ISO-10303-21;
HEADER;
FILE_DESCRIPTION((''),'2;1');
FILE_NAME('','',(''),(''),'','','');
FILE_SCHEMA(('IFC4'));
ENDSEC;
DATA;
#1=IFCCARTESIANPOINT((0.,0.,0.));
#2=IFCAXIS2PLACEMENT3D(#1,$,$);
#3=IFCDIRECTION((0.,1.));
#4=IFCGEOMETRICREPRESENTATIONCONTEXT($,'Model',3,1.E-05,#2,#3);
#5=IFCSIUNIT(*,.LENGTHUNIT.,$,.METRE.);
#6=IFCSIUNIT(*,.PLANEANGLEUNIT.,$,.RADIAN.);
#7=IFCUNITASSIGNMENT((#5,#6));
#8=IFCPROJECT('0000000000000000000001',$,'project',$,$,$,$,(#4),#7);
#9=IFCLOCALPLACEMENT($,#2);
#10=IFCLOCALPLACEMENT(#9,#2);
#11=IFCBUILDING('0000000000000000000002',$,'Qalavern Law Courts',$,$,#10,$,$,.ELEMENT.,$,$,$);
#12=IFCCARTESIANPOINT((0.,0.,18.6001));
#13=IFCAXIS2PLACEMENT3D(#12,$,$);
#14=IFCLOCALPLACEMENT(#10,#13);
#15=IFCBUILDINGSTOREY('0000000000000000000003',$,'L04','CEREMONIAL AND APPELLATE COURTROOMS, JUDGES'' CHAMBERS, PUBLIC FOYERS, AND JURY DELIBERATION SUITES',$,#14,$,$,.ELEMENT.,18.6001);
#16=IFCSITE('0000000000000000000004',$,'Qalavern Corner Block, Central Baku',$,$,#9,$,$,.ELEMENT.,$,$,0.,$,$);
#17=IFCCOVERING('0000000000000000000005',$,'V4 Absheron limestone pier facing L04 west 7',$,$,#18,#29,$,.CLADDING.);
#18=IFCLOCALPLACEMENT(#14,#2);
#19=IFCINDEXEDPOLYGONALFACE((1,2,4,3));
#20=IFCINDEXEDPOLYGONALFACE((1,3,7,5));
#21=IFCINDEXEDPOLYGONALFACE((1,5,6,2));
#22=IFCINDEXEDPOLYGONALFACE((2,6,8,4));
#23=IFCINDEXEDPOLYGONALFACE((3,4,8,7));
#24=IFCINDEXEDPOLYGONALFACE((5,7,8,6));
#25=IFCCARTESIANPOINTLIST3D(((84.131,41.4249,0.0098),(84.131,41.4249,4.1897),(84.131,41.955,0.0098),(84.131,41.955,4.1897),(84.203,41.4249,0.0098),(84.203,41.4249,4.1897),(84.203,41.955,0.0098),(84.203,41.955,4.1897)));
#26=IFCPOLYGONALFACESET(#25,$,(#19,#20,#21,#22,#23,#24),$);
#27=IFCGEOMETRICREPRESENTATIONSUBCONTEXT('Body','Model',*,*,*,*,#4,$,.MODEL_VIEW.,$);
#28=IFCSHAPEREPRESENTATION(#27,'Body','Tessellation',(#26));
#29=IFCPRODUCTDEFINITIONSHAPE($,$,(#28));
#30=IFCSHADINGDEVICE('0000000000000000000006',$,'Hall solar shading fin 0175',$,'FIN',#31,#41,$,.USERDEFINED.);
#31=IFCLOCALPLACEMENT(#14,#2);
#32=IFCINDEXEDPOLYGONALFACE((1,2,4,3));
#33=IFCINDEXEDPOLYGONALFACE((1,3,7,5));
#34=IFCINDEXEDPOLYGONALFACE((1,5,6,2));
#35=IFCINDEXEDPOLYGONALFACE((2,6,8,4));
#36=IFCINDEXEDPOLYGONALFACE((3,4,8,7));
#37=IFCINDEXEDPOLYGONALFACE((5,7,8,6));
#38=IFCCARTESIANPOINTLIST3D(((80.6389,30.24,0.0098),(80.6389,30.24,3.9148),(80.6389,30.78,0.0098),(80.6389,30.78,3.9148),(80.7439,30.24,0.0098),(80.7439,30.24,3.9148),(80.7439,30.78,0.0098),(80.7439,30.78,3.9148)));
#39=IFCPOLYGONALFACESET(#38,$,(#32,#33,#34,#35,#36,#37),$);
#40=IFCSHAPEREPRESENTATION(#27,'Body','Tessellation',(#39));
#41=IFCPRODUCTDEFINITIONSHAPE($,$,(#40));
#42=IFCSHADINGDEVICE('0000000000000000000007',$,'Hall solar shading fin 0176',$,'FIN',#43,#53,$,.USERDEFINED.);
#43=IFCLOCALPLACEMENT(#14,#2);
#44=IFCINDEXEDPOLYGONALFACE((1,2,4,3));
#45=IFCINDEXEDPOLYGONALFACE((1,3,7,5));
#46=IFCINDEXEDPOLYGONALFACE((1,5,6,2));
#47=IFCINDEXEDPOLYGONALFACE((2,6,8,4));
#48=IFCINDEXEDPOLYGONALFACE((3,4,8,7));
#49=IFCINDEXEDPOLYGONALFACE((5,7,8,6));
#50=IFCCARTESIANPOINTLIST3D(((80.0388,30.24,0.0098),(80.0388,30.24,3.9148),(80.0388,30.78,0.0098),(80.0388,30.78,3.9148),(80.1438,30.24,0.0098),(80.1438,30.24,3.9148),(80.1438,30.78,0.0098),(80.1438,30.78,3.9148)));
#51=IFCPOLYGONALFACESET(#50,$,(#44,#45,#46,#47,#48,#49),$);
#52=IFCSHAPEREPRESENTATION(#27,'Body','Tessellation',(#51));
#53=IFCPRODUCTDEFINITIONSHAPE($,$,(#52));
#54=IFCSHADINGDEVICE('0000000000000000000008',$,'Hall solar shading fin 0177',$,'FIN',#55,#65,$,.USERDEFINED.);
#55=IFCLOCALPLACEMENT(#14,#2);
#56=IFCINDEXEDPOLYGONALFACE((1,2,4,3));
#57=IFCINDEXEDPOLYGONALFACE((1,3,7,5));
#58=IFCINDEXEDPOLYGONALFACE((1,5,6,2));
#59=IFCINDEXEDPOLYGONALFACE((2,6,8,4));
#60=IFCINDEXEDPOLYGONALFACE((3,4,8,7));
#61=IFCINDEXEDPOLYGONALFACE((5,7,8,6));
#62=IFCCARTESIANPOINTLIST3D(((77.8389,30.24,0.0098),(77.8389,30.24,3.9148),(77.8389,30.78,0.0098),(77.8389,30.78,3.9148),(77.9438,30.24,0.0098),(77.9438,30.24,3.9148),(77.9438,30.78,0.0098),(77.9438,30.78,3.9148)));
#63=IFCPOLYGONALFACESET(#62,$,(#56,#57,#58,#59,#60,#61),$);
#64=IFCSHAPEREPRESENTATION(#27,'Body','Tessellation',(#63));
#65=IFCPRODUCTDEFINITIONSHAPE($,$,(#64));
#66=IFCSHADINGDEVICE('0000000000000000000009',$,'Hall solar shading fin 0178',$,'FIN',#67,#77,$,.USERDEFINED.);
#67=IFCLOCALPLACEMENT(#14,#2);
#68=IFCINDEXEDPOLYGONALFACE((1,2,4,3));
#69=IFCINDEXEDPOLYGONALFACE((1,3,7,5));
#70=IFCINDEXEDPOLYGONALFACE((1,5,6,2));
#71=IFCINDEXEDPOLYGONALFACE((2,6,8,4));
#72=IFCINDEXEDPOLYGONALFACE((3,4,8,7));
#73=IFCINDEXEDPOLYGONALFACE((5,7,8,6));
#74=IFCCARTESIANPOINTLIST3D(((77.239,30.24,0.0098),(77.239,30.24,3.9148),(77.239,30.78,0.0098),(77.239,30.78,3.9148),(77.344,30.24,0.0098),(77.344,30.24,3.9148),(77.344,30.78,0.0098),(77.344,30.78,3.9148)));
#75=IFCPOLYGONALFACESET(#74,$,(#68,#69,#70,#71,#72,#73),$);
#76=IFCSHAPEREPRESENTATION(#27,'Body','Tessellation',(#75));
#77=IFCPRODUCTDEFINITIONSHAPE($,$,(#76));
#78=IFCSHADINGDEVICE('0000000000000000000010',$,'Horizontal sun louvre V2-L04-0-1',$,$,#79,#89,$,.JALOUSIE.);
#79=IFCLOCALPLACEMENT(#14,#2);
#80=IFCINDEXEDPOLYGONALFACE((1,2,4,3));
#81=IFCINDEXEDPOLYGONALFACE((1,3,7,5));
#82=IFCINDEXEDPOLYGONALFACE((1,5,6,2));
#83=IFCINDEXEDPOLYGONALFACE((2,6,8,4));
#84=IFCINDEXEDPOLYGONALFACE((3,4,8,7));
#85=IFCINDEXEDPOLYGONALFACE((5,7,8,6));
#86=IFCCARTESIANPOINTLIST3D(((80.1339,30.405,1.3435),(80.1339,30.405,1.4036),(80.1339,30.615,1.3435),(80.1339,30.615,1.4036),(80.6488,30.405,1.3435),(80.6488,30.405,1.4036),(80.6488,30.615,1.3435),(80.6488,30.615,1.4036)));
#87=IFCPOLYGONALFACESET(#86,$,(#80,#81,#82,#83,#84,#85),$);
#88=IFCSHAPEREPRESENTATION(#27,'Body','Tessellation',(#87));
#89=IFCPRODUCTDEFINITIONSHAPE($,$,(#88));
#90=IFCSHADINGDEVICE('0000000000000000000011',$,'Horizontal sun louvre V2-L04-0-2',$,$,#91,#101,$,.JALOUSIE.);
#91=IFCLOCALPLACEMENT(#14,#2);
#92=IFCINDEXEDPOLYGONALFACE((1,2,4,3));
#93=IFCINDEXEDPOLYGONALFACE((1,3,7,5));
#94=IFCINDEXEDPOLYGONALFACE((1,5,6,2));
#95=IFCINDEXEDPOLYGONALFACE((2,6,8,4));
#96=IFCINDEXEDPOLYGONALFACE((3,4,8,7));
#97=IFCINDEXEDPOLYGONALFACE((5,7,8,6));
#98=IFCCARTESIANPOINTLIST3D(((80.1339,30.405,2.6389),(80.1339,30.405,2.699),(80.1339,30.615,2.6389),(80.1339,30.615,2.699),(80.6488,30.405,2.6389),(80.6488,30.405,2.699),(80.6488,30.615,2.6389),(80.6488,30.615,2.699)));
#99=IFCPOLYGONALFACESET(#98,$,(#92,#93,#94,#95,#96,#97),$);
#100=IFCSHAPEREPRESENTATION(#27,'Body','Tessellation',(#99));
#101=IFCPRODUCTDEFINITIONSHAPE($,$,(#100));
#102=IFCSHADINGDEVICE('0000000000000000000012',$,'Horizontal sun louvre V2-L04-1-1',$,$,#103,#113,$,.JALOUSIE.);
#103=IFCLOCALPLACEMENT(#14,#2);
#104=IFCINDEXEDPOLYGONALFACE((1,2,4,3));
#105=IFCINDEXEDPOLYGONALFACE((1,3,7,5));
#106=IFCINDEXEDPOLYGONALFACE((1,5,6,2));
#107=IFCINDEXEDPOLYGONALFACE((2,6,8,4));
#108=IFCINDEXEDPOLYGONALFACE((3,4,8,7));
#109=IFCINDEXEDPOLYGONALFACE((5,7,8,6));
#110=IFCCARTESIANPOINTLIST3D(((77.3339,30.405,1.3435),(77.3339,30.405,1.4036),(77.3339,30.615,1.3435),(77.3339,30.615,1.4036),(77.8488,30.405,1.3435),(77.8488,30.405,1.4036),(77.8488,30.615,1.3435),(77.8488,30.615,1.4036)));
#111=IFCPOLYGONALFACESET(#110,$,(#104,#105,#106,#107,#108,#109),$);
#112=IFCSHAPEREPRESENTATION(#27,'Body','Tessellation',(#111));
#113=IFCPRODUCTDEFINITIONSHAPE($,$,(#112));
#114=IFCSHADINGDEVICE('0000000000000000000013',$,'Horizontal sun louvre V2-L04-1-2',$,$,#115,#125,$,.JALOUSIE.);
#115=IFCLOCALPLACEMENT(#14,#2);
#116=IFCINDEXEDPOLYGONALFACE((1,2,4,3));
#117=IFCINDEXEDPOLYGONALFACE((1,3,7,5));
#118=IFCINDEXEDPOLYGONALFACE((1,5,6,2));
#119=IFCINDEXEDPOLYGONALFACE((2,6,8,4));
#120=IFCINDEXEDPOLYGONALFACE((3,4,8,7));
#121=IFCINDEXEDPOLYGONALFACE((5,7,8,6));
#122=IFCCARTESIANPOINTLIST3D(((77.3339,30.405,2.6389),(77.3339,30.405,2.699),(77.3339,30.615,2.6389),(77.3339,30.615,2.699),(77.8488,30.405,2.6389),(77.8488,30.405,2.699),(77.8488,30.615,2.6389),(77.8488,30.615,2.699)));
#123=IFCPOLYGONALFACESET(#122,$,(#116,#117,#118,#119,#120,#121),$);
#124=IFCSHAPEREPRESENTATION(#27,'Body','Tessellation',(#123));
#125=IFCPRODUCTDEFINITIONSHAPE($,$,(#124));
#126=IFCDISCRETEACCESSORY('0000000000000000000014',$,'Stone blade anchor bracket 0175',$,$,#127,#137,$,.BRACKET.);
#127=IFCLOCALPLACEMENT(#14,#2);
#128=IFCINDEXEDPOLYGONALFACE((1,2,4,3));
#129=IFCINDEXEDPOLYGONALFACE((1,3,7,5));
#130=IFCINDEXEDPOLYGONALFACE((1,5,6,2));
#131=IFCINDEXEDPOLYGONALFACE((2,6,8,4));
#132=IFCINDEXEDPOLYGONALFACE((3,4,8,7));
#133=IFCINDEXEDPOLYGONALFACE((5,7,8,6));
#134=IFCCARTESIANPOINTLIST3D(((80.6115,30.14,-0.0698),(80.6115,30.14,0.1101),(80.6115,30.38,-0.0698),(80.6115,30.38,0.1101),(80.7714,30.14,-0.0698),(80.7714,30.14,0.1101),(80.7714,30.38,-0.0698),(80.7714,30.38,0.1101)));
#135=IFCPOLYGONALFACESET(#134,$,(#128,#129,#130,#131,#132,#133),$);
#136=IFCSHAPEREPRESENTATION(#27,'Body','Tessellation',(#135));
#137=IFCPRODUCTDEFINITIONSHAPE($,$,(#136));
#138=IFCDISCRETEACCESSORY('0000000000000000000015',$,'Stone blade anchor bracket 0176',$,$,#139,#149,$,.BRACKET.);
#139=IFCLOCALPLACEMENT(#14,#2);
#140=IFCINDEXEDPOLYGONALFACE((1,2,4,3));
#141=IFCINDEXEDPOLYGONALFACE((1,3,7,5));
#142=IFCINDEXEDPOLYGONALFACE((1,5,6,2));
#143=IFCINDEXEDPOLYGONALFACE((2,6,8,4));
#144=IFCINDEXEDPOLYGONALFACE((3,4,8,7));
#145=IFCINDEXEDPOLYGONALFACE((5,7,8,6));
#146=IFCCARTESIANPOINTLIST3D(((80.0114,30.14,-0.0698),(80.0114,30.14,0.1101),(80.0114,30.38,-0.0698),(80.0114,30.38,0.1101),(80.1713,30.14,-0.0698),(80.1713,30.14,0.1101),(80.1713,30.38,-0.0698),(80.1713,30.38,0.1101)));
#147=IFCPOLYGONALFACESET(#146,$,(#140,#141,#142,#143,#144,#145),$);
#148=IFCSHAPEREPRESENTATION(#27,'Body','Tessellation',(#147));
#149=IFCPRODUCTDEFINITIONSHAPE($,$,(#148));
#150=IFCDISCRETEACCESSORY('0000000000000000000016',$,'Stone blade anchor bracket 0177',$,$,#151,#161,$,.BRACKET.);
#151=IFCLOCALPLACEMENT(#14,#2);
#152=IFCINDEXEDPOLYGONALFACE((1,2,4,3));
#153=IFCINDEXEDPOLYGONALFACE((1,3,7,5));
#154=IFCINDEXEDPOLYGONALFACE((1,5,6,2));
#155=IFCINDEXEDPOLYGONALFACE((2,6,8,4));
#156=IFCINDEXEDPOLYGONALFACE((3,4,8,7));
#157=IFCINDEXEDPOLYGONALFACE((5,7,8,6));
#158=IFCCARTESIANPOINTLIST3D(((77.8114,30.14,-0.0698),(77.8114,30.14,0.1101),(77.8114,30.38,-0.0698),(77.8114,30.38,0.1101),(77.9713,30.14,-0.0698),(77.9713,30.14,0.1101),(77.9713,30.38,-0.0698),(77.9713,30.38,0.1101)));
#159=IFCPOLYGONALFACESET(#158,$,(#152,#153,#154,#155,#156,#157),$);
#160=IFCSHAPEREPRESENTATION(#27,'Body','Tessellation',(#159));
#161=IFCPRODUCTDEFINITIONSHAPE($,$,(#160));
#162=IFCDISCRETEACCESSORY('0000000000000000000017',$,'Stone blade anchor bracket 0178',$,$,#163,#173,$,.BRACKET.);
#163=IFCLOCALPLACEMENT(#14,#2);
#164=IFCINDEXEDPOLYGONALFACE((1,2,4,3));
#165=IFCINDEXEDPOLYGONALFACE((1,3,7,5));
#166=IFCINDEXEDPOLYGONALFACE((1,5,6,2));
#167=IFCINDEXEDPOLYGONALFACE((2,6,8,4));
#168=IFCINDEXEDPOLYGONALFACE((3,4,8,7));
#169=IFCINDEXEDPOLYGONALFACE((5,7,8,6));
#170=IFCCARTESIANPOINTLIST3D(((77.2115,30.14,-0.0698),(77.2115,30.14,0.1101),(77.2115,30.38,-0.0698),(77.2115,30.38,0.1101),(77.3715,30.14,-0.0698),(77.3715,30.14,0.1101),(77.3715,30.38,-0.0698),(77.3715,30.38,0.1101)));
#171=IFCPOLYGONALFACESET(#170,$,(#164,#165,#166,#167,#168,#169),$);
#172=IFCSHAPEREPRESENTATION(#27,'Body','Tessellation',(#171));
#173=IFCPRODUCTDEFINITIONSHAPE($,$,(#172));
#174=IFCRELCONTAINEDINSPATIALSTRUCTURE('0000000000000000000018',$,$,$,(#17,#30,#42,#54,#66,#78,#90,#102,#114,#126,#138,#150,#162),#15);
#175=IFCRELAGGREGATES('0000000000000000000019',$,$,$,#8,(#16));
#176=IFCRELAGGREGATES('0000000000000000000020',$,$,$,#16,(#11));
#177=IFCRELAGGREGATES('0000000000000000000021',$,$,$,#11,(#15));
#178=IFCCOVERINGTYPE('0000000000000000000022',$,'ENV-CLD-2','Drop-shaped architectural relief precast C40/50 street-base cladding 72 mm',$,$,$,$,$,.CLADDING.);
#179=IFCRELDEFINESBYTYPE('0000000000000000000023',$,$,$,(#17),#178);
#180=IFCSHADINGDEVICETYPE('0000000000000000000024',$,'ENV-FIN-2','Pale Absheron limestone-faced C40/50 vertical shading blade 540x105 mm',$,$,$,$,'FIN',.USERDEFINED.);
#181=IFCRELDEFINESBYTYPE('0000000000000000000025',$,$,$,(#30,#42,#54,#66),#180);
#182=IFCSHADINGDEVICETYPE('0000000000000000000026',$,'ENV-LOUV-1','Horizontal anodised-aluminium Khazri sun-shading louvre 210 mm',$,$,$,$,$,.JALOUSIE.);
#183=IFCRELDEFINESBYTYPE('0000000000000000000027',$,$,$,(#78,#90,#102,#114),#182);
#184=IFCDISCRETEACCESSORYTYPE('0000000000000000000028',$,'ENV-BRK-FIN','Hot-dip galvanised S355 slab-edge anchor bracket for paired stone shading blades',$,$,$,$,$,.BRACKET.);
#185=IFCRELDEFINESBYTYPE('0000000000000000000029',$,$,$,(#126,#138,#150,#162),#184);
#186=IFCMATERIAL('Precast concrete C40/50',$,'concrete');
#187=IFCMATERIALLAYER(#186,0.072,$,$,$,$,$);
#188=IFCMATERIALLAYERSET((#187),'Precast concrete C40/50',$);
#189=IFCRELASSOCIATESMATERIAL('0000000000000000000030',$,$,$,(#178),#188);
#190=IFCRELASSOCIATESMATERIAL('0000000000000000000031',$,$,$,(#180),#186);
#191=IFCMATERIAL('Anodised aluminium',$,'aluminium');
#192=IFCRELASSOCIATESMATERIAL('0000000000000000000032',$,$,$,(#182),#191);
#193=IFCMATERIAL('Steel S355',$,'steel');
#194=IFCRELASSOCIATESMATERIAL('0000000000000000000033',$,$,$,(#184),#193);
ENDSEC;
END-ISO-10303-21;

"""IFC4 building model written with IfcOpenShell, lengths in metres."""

from ifc_helpers import new_model, si_unit, direction, frame, origin, origin_2d, place, context, subcontext, project, spatial, rectangle, extrude, material, layer, layer_set, type_object, element, save


model = new_model("IFC4")

# Units and contexts
model_context = context("Model", 3, precision=1e-05, world=origin(), true_north=direction((0.0, 1.0)))
body_context = subcontext(model_context, "Body", "Model", "MODEL_VIEW")
ifc_project = project(units=[si_unit("LENGTHUNIT", "METRE"), si_unit("PLANEANGLEUNIT", "RADIAN")], contexts=[model_context])

# Site, building, storey
site_placement = place(None, origin())
site = spatial("IfcSite", under=ifc_project, at=site_placement, Name="Qalavern Corner Block, Central Baku", CompositionType="ELEMENT", RefElevation=0.0)
building_placement = place(site_placement, origin())
building = spatial("IfcBuilding", under=site, at=building_placement, Name="Qalavern Law Courts", CompositionType="ELEMENT")
storey_placement = place(building_placement, frame((0.0, 0.0, 18.6001)))
storey = spatial("IfcBuildingStorey", under=building, at=storey_placement, Name="L04", Description="CEREMONIAL AND APPELLATE COURTROOMS, JUDGES' CHAMBERS, PUBLIC FOYERS, AND JURY DELIBERATION SUITES", CompositionType="ELEMENT", Elevation=18.6001)

# Shared definitions
ifc_material_1 = material(Name="Anodised aluminium", Category="aluminium")

# Covering
ifc_material_2 = material(Name="Precast concrete C40/50", Category="concrete")
ifc_layer_1 = layer(ifc_material_2, 0.072)
ifc_layer_set_1 = layer_set([ifc_layer_1], Name="Precast concrete C40/50")
covering_type = type_object("IfcCoveringType", Name="ENV-CLD-2", Description="Drop-shaped architectural relief precast C40/50 street-base cladding 72 mm", PredefinedType="CLADDING", material=ifc_layer_set_1)
covering_1_placement = place(storey_placement, frame((84.167, 41.6899, 0.0098), z_axis=(0.0, 0.0, 1.0), x_axis=(0.0, -1.0, 0.0)))
element("IfcCovering", 1, at=covering_1_placement, inside=storey, type_object=covering_type, Name="V4 Absheron limestone pier facing L04 west 7", PredefinedType="CLADDING", context=body_context, shape_type="SweptSolid", body=[
    extrude(rectangle(XDim=0.53, YDim=0.072, at=origin_2d()), origin(), (0.0, 0.0, 1.0), 4.1799),
])

# Shading devices
shading_device_type_1 = type_object("IfcShadingDeviceType", Name="ENV-FIN-2", Description="Pale Absheron limestone-faced C40/50 vertical shading blade 540x105 mm", ElementType="FIN", PredefinedType="USERDEFINED", material=ifc_material_2)
for number, where, z_axis, x_axis, name in (
    (2, (80.6914, 30.51, 0.0098), (0.0, 0.0, 1.0), (0.0, 1.0, 0.0), "Hall solar shading fin 0175"),
    (3, (80.0913, 30.51, 0.0098), (0.0, 0.0, 1.0), (0.0, 1.0, 0.0), "Hall solar shading fin 0176"),
    (4, (77.8914, 30.51, 0.0098), (0.0, 0.0, 1.0), (0.0, 1.0, 0.0), "Hall solar shading fin 0177"),
    (5, (77.2915, 30.51, 0.0098), (0.0, 0.0, 1.0), (0.0, 1.0, 0.0), "Hall solar shading fin 0178"),
):
    element("IfcShadingDevice", number, at=place(storey_placement, frame(where, z_axis=z_axis, x_axis=x_axis)), inside=storey, type_object=shading_device_type_1, Name=name, ObjectType="FIN", PredefinedType="USERDEFINED", context=body_context, shape_type="SweptSolid", body=[
        extrude(rectangle(XDim=0.54, YDim=0.105, at=origin_2d()), origin(), (0.0, 0.0, 1.0), 3.905),
    ])
shading_device_type_2 = type_object("IfcShadingDeviceType", Name="ENV-LOUV-1", Description="Horizontal anodised-aluminium Khazri sun-shading louvre 210 mm", PredefinedType="JALOUSIE", material=ifc_material_1)
for number, where, z_axis, x_axis, name in (
    (6, (80.3914, 30.51, 1.3435), (0.0, 0.0, 1.0), (-1.0, 0.0, 0.0), "Horizontal sun louvre V2-L04-0-1"),
    (7, (80.3914, 30.51, 2.6389), (0.0, 0.0, 1.0), (-1.0, 0.0, 0.0), "Horizontal sun louvre V2-L04-0-2"),
    (8, (77.5913, 30.51, 1.3435), (0.0, 0.0, 1.0), (-1.0, 0.0, 0.0), "Horizontal sun louvre V2-L04-1-1"),
    (9, (77.5913, 30.51, 2.6389), (0.0, 0.0, 1.0), (-1.0, 0.0, 0.0), "Horizontal sun louvre V2-L04-1-2"),
):
    element("IfcShadingDevice", number, at=place(storey_placement, frame(where, z_axis=z_axis, x_axis=x_axis)), inside=storey, type_object=shading_device_type_2, Name=name, PredefinedType="JALOUSIE", context=body_context, shape_type="SweptSolid", body=[
        extrude(rectangle(XDim=0.5149, YDim=0.21, at=origin_2d()), origin(), (0.0, 0.0, 1.0), 0.0601),
    ])

# Discrete accessories
ifc_material_3 = material(Name="Steel S355", Category="steel")
discrete_accessory_type = type_object("IfcDiscreteAccessoryType", Name="ENV-BRK-FIN", Description="Hot-dip galvanised S355 slab-edge anchor bracket for paired stone shading blades", PredefinedType="BRACKET", material=ifc_material_3)
for number, where, z_axis, x_axis, name in (
    (10, (80.6914, 30.26, -0.0698), (0.0, 0.0, 1.0), (0.0, 1.0, 0.0), "Stone blade anchor bracket 0175"),
    (11, (80.0913, 30.26, -0.0698), (0.0, 0.0, 1.0), (0.0, 1.0, 0.0), "Stone blade anchor bracket 0176"),
    (12, (77.8914, 30.26, -0.0698), (0.0, 0.0, 1.0), (0.0, 1.0, 0.0), "Stone blade anchor bracket 0177"),
    (13, (77.2915, 30.26, -0.0698), (0.0, 0.0, 1.0), (0.0, 1.0, 0.0), "Stone blade anchor bracket 0178"),
):
    element("IfcDiscreteAccessory", number, at=place(storey_placement, frame(where, z_axis=z_axis, x_axis=x_axis)), inside=storey, type_object=discrete_accessory_type, Name=name, PredefinedType="BRACKET", context=body_context, shape_type="SweptSolid", body=[
        extrude(rectangle(XDim=0.24, YDim=0.1599, at=origin_2d()), origin(), (0.0, 0.0, 1.0), 0.1799),
    ])

save(model, "model.ifc")
